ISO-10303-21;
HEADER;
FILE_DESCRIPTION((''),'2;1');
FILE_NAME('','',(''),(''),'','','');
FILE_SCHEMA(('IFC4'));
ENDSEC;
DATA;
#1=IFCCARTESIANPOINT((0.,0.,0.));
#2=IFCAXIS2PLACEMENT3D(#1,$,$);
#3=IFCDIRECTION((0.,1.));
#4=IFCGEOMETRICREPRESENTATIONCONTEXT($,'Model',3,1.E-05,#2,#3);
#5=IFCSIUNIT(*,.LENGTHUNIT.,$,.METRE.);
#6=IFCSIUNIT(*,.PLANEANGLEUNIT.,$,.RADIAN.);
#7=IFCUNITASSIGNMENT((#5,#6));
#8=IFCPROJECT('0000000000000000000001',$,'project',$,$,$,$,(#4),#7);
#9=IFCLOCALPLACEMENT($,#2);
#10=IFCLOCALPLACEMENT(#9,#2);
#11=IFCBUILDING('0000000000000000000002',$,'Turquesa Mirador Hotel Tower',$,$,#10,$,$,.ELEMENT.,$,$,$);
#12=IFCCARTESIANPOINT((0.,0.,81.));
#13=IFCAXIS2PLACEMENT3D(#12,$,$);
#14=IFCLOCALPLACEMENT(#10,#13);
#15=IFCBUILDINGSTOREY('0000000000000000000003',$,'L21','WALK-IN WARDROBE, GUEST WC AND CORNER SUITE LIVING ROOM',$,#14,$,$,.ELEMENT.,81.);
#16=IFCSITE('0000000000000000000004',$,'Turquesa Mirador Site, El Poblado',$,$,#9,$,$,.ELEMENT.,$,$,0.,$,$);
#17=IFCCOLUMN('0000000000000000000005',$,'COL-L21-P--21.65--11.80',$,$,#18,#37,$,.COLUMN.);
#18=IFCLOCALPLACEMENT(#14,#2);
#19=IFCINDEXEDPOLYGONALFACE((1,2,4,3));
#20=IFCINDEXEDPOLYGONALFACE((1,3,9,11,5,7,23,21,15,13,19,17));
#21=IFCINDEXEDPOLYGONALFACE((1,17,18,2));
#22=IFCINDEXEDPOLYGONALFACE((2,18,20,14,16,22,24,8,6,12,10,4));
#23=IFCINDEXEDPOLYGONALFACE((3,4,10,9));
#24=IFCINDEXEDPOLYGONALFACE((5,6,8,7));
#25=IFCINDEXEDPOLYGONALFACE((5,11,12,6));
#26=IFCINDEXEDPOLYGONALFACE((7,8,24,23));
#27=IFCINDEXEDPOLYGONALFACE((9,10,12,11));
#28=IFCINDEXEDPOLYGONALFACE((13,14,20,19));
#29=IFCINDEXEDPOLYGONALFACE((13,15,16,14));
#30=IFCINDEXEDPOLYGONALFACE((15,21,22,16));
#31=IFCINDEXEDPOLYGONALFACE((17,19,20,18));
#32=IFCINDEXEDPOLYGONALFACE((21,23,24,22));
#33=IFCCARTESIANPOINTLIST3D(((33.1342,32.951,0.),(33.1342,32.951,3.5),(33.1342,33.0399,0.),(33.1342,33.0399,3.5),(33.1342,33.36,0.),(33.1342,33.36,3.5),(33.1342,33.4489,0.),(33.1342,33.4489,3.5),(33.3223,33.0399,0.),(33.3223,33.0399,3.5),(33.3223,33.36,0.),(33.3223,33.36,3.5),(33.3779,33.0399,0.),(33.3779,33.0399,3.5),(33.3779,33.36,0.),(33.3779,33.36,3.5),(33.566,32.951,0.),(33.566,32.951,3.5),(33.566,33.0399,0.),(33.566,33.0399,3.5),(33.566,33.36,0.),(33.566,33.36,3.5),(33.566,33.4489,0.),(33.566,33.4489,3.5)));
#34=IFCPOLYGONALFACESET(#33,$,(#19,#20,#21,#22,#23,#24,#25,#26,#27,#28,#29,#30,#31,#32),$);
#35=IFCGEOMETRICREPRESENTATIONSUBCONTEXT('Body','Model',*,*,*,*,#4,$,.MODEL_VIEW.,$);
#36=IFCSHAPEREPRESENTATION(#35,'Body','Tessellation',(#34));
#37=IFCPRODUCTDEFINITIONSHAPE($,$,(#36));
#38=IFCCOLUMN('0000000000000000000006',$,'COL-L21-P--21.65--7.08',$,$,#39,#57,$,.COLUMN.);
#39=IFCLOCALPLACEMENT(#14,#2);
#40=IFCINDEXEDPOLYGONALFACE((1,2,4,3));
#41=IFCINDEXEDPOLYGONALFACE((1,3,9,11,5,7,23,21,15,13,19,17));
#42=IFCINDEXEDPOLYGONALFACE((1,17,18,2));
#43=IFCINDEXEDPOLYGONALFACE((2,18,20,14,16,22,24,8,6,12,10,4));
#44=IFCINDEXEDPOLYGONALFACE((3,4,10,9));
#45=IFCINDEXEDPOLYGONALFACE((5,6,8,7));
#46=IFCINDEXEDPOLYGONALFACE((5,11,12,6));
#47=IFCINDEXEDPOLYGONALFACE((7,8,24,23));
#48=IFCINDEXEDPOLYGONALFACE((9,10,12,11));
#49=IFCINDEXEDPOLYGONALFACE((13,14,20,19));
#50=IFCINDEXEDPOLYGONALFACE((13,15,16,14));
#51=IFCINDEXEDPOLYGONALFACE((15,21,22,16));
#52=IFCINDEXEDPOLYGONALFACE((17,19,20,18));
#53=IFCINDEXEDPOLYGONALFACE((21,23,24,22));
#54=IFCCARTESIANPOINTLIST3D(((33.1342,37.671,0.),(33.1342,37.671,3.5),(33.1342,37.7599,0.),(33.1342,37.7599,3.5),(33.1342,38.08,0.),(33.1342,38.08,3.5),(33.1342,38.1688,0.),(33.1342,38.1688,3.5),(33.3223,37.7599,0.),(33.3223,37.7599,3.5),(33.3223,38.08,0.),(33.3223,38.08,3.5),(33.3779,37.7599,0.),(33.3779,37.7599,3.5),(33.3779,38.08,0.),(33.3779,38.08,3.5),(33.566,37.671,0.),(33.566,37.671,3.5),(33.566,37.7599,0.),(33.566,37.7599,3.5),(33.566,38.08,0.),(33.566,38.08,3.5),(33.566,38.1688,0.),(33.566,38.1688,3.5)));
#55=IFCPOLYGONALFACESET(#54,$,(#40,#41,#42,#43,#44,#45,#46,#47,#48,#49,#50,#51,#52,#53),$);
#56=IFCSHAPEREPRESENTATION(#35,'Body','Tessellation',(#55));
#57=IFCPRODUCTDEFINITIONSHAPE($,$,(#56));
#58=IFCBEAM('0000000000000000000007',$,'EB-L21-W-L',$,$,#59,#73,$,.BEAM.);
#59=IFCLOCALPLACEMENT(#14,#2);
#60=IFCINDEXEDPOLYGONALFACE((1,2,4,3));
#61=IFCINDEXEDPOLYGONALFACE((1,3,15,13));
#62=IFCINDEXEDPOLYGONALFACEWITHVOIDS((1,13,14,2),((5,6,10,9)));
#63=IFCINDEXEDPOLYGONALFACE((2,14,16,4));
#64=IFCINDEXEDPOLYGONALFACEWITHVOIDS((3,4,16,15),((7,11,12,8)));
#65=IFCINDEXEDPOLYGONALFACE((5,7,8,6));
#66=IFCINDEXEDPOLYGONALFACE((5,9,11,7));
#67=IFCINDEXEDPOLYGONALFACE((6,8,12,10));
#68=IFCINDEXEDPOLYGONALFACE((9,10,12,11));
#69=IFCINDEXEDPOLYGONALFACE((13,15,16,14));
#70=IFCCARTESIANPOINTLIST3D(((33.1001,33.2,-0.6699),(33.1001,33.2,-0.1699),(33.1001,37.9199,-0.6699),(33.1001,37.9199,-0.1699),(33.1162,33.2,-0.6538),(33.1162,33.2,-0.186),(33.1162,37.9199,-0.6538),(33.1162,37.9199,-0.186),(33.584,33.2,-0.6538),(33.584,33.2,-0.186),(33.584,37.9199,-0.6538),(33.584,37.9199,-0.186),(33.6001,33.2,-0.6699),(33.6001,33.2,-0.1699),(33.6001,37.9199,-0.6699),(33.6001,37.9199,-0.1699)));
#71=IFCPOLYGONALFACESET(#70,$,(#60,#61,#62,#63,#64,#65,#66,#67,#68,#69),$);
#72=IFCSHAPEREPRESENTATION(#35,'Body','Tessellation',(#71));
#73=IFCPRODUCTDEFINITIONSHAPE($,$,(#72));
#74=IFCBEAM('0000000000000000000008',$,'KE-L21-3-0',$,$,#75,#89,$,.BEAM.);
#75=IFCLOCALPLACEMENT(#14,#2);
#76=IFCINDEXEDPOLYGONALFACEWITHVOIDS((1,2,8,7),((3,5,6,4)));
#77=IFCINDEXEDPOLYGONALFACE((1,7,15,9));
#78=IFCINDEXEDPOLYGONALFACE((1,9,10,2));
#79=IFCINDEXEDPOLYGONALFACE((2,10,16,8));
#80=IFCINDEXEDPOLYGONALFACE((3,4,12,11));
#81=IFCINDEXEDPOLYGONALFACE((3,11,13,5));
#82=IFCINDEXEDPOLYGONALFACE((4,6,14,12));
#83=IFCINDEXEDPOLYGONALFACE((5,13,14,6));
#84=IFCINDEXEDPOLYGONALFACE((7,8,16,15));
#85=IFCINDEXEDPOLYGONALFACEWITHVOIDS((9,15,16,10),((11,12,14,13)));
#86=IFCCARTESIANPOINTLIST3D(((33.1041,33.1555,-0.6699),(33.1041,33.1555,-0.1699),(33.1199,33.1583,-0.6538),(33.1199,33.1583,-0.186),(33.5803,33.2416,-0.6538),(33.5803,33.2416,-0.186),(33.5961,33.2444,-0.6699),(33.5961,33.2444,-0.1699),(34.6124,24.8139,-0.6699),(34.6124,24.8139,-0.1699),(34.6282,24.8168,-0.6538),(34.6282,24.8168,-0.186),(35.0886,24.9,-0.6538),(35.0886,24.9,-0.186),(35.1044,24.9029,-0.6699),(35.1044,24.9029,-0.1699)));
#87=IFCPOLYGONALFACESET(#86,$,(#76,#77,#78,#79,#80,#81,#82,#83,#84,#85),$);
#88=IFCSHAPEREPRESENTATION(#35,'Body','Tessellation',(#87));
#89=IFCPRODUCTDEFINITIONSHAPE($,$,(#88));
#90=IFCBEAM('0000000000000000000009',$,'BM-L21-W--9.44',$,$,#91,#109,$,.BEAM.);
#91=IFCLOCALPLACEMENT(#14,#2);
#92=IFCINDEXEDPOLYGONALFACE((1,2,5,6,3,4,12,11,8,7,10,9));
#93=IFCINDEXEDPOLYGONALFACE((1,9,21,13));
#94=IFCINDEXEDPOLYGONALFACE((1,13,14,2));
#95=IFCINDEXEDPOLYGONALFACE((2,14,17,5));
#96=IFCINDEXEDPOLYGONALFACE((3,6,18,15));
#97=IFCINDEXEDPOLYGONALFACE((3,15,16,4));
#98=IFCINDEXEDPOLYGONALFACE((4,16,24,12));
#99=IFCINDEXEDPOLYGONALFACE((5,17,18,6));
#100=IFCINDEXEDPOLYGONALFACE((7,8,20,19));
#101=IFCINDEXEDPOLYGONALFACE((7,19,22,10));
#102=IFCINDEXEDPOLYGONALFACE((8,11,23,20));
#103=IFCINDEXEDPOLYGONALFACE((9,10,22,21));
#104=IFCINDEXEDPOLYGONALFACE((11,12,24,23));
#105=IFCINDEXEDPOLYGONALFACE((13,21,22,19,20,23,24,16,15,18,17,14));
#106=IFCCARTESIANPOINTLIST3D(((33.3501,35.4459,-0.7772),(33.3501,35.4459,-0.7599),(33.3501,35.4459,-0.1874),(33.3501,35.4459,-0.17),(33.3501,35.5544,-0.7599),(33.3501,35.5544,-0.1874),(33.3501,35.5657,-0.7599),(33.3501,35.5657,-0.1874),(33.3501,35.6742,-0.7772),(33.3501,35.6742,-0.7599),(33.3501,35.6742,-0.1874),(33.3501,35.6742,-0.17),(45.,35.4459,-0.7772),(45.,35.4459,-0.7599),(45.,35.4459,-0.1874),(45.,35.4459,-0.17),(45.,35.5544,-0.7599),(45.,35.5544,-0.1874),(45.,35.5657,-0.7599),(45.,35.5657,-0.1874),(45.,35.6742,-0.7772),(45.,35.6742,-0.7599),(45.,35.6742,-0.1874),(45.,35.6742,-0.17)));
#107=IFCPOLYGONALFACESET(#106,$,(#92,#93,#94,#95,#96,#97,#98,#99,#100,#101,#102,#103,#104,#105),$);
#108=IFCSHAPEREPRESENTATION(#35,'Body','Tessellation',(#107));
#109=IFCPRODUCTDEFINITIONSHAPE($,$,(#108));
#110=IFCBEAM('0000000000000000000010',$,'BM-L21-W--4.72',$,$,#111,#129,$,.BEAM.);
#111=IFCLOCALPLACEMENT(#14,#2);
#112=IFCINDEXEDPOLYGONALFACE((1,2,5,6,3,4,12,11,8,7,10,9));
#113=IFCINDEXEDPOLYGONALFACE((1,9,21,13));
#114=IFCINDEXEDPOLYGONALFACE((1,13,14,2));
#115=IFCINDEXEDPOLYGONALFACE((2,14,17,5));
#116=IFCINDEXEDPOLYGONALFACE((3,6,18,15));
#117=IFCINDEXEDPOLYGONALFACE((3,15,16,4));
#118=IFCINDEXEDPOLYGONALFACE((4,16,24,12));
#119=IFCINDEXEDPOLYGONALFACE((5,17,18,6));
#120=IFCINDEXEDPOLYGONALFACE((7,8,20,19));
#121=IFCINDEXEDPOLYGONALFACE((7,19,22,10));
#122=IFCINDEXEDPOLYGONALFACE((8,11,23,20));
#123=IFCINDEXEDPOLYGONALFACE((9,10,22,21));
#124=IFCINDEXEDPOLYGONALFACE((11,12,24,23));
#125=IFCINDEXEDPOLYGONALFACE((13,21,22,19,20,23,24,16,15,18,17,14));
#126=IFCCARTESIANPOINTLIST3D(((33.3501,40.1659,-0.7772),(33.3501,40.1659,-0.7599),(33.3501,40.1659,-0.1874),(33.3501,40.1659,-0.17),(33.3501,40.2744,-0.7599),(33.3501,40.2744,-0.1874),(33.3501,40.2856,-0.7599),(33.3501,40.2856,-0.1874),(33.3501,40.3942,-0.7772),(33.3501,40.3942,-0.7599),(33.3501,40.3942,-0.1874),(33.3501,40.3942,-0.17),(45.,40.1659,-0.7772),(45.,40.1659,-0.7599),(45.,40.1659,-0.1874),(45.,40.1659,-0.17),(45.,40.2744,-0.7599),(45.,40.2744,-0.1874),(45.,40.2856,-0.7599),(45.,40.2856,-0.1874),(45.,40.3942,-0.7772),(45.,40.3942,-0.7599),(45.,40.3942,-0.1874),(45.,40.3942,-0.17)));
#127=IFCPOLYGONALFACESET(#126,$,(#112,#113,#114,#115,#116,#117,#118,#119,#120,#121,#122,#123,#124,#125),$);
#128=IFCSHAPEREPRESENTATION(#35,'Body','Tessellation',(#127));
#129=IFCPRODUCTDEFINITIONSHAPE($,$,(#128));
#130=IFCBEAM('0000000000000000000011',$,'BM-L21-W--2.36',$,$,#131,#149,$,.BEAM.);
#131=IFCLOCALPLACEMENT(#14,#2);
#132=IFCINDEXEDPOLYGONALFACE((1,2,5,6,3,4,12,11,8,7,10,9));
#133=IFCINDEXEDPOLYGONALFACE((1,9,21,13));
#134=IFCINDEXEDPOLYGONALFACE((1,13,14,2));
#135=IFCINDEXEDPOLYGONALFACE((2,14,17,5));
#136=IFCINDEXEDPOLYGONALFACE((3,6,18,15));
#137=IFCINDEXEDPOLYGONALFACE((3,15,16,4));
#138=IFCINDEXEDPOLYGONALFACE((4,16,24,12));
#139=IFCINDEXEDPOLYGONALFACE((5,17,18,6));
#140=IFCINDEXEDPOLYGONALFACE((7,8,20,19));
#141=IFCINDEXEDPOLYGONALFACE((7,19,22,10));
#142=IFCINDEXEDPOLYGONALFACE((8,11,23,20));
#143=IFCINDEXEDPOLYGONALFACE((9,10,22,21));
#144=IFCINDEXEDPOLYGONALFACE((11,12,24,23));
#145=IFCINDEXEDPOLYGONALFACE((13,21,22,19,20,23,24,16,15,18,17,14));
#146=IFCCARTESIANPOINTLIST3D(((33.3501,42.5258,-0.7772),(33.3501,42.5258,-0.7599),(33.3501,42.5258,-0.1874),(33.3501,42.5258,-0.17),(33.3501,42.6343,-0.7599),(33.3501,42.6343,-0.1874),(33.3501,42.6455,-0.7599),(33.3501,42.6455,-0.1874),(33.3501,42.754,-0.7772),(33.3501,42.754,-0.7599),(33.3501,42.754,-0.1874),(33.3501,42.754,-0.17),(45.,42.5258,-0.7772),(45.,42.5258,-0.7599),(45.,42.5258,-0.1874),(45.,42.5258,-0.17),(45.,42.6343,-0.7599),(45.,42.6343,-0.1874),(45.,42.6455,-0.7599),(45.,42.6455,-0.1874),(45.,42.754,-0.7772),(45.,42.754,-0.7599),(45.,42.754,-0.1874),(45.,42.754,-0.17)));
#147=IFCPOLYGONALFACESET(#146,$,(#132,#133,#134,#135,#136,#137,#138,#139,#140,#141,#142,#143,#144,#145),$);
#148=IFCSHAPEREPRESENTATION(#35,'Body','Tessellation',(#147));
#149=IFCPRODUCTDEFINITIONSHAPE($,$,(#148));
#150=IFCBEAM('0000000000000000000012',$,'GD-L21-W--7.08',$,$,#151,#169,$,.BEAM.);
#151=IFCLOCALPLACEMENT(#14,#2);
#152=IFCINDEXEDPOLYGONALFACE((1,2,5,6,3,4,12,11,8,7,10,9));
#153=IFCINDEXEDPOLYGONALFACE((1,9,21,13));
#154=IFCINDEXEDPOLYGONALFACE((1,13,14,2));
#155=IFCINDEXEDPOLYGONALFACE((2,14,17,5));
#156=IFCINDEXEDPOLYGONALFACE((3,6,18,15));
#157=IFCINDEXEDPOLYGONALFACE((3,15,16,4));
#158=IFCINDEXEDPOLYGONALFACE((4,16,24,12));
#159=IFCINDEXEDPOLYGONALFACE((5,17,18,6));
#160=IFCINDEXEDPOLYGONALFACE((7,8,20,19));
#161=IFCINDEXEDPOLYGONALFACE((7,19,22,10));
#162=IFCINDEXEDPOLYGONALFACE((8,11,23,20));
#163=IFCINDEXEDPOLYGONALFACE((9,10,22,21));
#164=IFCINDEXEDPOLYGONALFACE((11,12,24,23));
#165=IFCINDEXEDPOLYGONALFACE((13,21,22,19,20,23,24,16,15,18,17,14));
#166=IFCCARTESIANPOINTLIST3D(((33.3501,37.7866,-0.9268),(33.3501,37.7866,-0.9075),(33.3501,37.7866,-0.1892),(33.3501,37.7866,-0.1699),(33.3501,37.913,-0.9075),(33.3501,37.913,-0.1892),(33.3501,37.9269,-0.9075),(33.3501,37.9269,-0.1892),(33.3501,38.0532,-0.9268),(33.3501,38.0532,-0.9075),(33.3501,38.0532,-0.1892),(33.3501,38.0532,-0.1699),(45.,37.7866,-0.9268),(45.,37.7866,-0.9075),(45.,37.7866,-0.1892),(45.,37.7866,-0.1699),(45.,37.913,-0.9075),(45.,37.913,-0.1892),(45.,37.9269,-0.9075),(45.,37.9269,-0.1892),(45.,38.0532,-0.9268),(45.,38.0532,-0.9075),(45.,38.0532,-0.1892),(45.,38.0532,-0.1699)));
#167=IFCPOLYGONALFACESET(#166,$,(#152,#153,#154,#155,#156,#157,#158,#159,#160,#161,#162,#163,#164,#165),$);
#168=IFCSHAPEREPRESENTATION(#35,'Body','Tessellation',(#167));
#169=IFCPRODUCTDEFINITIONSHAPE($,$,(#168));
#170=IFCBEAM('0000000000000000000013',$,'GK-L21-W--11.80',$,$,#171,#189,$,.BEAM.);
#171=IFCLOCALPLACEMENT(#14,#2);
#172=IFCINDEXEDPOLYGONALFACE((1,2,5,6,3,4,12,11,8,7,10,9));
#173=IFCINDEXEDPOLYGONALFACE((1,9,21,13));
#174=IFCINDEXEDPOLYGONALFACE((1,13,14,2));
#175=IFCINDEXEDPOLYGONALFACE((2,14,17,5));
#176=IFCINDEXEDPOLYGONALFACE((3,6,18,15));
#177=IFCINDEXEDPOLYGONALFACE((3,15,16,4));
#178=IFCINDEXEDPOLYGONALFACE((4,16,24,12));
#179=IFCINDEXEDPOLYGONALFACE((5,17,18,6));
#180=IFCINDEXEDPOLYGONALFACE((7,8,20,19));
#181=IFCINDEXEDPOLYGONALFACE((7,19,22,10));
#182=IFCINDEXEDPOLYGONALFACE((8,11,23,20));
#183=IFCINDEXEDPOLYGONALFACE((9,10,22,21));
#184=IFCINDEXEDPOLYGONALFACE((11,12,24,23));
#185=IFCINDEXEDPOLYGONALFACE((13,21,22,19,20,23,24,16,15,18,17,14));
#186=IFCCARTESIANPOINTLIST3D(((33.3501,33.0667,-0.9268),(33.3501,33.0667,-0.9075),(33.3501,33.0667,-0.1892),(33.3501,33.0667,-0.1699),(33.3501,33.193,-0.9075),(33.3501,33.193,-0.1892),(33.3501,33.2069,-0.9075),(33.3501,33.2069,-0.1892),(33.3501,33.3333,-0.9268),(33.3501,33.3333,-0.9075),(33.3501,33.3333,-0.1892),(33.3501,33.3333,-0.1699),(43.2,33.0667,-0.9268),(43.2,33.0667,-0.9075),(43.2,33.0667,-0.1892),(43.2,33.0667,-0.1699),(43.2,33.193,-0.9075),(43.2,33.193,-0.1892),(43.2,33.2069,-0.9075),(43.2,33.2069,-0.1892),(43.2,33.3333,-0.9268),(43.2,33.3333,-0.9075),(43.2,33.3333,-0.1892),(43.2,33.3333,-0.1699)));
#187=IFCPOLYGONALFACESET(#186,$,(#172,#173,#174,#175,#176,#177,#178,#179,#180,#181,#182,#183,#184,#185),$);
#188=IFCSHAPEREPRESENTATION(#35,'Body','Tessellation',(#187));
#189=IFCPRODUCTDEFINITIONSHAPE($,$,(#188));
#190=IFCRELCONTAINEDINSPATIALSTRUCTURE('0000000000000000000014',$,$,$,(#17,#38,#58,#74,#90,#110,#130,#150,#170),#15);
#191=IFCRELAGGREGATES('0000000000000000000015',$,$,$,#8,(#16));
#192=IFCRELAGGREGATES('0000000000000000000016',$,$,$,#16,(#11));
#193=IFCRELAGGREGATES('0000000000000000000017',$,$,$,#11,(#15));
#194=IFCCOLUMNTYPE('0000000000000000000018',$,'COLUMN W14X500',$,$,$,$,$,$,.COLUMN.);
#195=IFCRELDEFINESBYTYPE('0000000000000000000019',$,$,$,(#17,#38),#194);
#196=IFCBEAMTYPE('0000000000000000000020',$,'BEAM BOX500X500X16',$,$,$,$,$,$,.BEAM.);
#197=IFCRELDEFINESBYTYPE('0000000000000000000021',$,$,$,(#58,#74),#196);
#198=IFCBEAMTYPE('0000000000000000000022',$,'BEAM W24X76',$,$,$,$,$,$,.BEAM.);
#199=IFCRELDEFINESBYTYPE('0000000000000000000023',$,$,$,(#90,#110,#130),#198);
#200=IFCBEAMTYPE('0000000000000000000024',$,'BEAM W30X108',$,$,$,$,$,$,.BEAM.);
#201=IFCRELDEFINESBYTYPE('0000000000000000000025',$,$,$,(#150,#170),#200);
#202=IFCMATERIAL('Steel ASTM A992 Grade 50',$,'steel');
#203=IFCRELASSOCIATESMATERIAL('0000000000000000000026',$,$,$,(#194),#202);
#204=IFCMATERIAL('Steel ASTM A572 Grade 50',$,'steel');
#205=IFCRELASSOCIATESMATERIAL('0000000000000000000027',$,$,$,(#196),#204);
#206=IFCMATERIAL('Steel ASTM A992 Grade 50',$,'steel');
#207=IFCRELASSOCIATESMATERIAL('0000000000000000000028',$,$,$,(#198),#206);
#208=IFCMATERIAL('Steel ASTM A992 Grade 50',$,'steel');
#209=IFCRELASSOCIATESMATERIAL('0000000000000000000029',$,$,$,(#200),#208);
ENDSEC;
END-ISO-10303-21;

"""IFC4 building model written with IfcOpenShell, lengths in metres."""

from ifc_helpers import new_model, si_unit, direction, frame, origin, origin_2d, place, context, subcontext, project, spatial, hollow_rectangle, i_section, extrude, material, material_profile, profile_set, type_object, element, save


model = new_model("IFC4")

# Units and contexts
model_context = context("Model", 3, precision=1e-05, world=origin(), true_north=direction((0.0, 1.0)))
body_context = subcontext(model_context, "Body", "Model", "MODEL_VIEW")
ifc_project = project(units=[si_unit("LENGTHUNIT", "METRE"), si_unit("PLANEANGLEUNIT", "RADIAN")], contexts=[model_context])

# Site, building, storey
site_placement = place(None, origin())
site = spatial("IfcSite", under=ifc_project, at=site_placement, Name="Turquesa Mirador Site, El Poblado", CompositionType="ELEMENT", RefElevation=0.0)
building_placement = place(site_placement, origin())
building = spatial("IfcBuilding", under=site, at=building_placement, Name="Turquesa Mirador Hotel Tower", CompositionType="ELEMENT")
storey_placement = place(building_placement, frame((0.0, 0.0, 81.0)))
storey = spatial("IfcBuildingStorey", under=building, at=storey_placement, Name="L21", Description="WALK-IN WARDROBE, GUEST WC AND CORNER SUITE LIVING ROOM", CompositionType="ELEMENT", Elevation=81.0)

# Columns
ifc_material_1 = material(Name="Steel ASTM A992 Grade 50", Category="steel")
ifc_material_profile_1 = material_profile(ifc_material_1, i_section(OverallWidth=0.4319, OverallDepth=0.4978, WebThickness=0.0557, FlangeThickness=0.0889, at=origin_2d()), Name="W14X500")
ifc_profile_set_1 = profile_set([ifc_material_profile_1], Name="Steel ASTM A992 Grade 50")
column_type = type_object("IfcColumnType", Name="COLUMN W14X500", PredefinedType="COLUMN", material=ifc_profile_set_1)
for number, where, z_axis, x_axis, name in (
    (1, (33.3501, 33.2, 0.0), (0.0, 0.0, 1.0), (1.0, 0.0, 0.0), "COL-L21-P--21.65--11.80"),
    (2, (33.3501, 37.9199, 0.0), (0.0, 0.0, 1.0), (1.0, 0.0, 0.0), "COL-L21-P--21.65--7.08"),
):
    element("IfcColumn", number, at=place(storey_placement, frame(where, z_axis=z_axis, x_axis=x_axis)), inside=storey, type_object=column_type, Name=name, PredefinedType="COLUMN", context=body_context, shape_type="SweptSolid", body=[
        extrude(i_section(OverallWidth=0.4319, OverallDepth=0.4978, WebThickness=0.0557, FlangeThickness=0.0889, at=origin_2d()), origin(), (0.0, 0.0, 1.0), 3.5),
    ])

# Beams
ifc_material_2 = material(Name="Steel ASTM A572 Grade 50", Category="steel")
ifc_material_profile_2 = material_profile(ifc_material_2, hollow_rectangle(XDim=0.5, YDim=0.5, WallThickness=0.0161, at=origin_2d()), Name="BOX500X500X16")
ifc_profile_set_2 = profile_set([ifc_material_profile_2], Name="Steel ASTM A572 Grade 50")
beam_type_1 = type_object("IfcBeamType", Name="BEAM BOX500X500X16", PredefinedType="BEAM", material=ifc_profile_set_2)
beam_1_placement = place(storey_placement, frame((33.3501, 33.2, -0.4199), z_axis=(0.0, 1.0, 0.0), x_axis=(-1.0, 0.0, 0.0)))
element("IfcBeam", 3, at=beam_1_placement, inside=storey, type_object=beam_type_1, Name="EB-L21-W-L", PredefinedType="BEAM", context=body_context, shape_type="SweptSolid", body=[
    extrude(hollow_rectangle(XDim=0.5, YDim=0.5, WallThickness=0.0161, at=origin_2d()), origin(), (0.0, 0.0, 1.0), 4.72),
])
beam_2_placement = place(storey_placement, frame((33.3501, 33.2, -0.4199), z_axis=(0.177932, -0.984043, 0.0), x_axis=(0.984043, 0.177932, 0.0)))
element("IfcBeam", 4, at=beam_2_placement, inside=storey, type_object=beam_type_1, Name="KE-L21-3-0", PredefinedType="BEAM", context=body_context, shape_type="SweptSolid", body=[
    extrude(hollow_rectangle(XDim=0.5, YDim=0.5, WallThickness=0.0161, at=origin_2d()), origin(), (0.0, 0.0, 1.0), 8.4768),
])
ifc_material_3 = material(Name="Steel ASTM A992 Grade 50", Category="steel")
ifc_material_profile_3 = material_profile(ifc_material_3, i_section(OverallWidth=0.2283, OverallDepth=0.6072, WebThickness=0.0112, FlangeThickness=0.0173, at=origin_2d()), Name="W24X76")
ifc_profile_set_3 = profile_set([ifc_material_profile_3], Name="Steel ASTM A992 Grade 50")
beam_type_2 = type_object("IfcBeamType", Name="BEAM W24X76", PredefinedType="BEAM", material=ifc_profile_set_3)
for number, where, z_axis, x_axis, name in (
    (5, (33.3501, 35.5601, -0.4736), (1.0, 0.0, 0.0), (0.0, 1.0, 0.0), "BM-L21-W--9.44"),
    (6, (33.3501, 40.28, -0.4736), (1.0, 0.0, 0.0), (0.0, 1.0, 0.0), "BM-L21-W--4.72"),
    (7, (33.3501, 42.6399, -0.4736), (1.0, 0.0, 0.0), (0.0, 1.0, 0.0), "BM-L21-W--2.36"),
):
    element("IfcBeam", number, at=place(storey_placement, frame(where, z_axis=z_axis, x_axis=x_axis)), inside=storey, type_object=beam_type_2, Name=name, PredefinedType="BEAM", context=body_context, shape_type="SweptSolid", body=[
        extrude(i_section(OverallWidth=0.2283, OverallDepth=0.6072, WebThickness=0.0112, FlangeThickness=0.0173, at=origin_2d()), origin(), (0.0, 0.0, 1.0), 11.6499),
    ])
ifc_material_4 = material(Name="Steel ASTM A992 Grade 50", Category="steel")
ifc_material_profile_4 = material_profile(ifc_material_4, i_section(OverallWidth=0.2666, OverallDepth=0.7568, WebThickness=0.0139, FlangeThickness=0.0193, at=origin_2d()), Name="W30X108")
ifc_profile_set_4 = profile_set([ifc_material_profile_4], Name="Steel ASTM A992 Grade 50")
beam_type_3 = type_object("IfcBeamType", Name="BEAM W30X108", PredefinedType="BEAM", material=ifc_profile_set_4)
beam_3_placement = place(storey_placement, frame((33.3501, 37.9199, -0.5483), z_axis=(1.0, 0.0, 0.0), x_axis=(0.0, 1.0, 0.0)))
element("IfcBeam", 8, at=beam_3_placement, inside=storey, type_object=beam_type_3, Name="GD-L21-W--7.08", PredefinedType="BEAM", context=body_context, shape_type="SweptSolid", body=[
    extrude(i_section(OverallWidth=0.2666, OverallDepth=0.7568, WebThickness=0.0139, FlangeThickness=0.0193, at=origin_2d()), origin(), (0.0, 0.0, 1.0), 11.6499),
])
beam_4_placement = place(storey_placement, frame((33.3501, 33.2, -0.5483), z_axis=(1.0, 0.0, 0.0), x_axis=(0.0, 1.0, 0.0)))
element("IfcBeam", 9, at=beam_4_placement, inside=storey, type_object=beam_type_3, Name="GK-L21-W--11.80", PredefinedType="BEAM", context=body_context, shape_type="SweptSolid", body=[
    extrude(i_section(OverallWidth=0.2666, OverallDepth=0.7568, WebThickness=0.0139, FlangeThickness=0.0193, at=origin_2d()), origin(), (0.0, 0.0, 1.0), 9.8499),
])

save(model, "model.ifc")
